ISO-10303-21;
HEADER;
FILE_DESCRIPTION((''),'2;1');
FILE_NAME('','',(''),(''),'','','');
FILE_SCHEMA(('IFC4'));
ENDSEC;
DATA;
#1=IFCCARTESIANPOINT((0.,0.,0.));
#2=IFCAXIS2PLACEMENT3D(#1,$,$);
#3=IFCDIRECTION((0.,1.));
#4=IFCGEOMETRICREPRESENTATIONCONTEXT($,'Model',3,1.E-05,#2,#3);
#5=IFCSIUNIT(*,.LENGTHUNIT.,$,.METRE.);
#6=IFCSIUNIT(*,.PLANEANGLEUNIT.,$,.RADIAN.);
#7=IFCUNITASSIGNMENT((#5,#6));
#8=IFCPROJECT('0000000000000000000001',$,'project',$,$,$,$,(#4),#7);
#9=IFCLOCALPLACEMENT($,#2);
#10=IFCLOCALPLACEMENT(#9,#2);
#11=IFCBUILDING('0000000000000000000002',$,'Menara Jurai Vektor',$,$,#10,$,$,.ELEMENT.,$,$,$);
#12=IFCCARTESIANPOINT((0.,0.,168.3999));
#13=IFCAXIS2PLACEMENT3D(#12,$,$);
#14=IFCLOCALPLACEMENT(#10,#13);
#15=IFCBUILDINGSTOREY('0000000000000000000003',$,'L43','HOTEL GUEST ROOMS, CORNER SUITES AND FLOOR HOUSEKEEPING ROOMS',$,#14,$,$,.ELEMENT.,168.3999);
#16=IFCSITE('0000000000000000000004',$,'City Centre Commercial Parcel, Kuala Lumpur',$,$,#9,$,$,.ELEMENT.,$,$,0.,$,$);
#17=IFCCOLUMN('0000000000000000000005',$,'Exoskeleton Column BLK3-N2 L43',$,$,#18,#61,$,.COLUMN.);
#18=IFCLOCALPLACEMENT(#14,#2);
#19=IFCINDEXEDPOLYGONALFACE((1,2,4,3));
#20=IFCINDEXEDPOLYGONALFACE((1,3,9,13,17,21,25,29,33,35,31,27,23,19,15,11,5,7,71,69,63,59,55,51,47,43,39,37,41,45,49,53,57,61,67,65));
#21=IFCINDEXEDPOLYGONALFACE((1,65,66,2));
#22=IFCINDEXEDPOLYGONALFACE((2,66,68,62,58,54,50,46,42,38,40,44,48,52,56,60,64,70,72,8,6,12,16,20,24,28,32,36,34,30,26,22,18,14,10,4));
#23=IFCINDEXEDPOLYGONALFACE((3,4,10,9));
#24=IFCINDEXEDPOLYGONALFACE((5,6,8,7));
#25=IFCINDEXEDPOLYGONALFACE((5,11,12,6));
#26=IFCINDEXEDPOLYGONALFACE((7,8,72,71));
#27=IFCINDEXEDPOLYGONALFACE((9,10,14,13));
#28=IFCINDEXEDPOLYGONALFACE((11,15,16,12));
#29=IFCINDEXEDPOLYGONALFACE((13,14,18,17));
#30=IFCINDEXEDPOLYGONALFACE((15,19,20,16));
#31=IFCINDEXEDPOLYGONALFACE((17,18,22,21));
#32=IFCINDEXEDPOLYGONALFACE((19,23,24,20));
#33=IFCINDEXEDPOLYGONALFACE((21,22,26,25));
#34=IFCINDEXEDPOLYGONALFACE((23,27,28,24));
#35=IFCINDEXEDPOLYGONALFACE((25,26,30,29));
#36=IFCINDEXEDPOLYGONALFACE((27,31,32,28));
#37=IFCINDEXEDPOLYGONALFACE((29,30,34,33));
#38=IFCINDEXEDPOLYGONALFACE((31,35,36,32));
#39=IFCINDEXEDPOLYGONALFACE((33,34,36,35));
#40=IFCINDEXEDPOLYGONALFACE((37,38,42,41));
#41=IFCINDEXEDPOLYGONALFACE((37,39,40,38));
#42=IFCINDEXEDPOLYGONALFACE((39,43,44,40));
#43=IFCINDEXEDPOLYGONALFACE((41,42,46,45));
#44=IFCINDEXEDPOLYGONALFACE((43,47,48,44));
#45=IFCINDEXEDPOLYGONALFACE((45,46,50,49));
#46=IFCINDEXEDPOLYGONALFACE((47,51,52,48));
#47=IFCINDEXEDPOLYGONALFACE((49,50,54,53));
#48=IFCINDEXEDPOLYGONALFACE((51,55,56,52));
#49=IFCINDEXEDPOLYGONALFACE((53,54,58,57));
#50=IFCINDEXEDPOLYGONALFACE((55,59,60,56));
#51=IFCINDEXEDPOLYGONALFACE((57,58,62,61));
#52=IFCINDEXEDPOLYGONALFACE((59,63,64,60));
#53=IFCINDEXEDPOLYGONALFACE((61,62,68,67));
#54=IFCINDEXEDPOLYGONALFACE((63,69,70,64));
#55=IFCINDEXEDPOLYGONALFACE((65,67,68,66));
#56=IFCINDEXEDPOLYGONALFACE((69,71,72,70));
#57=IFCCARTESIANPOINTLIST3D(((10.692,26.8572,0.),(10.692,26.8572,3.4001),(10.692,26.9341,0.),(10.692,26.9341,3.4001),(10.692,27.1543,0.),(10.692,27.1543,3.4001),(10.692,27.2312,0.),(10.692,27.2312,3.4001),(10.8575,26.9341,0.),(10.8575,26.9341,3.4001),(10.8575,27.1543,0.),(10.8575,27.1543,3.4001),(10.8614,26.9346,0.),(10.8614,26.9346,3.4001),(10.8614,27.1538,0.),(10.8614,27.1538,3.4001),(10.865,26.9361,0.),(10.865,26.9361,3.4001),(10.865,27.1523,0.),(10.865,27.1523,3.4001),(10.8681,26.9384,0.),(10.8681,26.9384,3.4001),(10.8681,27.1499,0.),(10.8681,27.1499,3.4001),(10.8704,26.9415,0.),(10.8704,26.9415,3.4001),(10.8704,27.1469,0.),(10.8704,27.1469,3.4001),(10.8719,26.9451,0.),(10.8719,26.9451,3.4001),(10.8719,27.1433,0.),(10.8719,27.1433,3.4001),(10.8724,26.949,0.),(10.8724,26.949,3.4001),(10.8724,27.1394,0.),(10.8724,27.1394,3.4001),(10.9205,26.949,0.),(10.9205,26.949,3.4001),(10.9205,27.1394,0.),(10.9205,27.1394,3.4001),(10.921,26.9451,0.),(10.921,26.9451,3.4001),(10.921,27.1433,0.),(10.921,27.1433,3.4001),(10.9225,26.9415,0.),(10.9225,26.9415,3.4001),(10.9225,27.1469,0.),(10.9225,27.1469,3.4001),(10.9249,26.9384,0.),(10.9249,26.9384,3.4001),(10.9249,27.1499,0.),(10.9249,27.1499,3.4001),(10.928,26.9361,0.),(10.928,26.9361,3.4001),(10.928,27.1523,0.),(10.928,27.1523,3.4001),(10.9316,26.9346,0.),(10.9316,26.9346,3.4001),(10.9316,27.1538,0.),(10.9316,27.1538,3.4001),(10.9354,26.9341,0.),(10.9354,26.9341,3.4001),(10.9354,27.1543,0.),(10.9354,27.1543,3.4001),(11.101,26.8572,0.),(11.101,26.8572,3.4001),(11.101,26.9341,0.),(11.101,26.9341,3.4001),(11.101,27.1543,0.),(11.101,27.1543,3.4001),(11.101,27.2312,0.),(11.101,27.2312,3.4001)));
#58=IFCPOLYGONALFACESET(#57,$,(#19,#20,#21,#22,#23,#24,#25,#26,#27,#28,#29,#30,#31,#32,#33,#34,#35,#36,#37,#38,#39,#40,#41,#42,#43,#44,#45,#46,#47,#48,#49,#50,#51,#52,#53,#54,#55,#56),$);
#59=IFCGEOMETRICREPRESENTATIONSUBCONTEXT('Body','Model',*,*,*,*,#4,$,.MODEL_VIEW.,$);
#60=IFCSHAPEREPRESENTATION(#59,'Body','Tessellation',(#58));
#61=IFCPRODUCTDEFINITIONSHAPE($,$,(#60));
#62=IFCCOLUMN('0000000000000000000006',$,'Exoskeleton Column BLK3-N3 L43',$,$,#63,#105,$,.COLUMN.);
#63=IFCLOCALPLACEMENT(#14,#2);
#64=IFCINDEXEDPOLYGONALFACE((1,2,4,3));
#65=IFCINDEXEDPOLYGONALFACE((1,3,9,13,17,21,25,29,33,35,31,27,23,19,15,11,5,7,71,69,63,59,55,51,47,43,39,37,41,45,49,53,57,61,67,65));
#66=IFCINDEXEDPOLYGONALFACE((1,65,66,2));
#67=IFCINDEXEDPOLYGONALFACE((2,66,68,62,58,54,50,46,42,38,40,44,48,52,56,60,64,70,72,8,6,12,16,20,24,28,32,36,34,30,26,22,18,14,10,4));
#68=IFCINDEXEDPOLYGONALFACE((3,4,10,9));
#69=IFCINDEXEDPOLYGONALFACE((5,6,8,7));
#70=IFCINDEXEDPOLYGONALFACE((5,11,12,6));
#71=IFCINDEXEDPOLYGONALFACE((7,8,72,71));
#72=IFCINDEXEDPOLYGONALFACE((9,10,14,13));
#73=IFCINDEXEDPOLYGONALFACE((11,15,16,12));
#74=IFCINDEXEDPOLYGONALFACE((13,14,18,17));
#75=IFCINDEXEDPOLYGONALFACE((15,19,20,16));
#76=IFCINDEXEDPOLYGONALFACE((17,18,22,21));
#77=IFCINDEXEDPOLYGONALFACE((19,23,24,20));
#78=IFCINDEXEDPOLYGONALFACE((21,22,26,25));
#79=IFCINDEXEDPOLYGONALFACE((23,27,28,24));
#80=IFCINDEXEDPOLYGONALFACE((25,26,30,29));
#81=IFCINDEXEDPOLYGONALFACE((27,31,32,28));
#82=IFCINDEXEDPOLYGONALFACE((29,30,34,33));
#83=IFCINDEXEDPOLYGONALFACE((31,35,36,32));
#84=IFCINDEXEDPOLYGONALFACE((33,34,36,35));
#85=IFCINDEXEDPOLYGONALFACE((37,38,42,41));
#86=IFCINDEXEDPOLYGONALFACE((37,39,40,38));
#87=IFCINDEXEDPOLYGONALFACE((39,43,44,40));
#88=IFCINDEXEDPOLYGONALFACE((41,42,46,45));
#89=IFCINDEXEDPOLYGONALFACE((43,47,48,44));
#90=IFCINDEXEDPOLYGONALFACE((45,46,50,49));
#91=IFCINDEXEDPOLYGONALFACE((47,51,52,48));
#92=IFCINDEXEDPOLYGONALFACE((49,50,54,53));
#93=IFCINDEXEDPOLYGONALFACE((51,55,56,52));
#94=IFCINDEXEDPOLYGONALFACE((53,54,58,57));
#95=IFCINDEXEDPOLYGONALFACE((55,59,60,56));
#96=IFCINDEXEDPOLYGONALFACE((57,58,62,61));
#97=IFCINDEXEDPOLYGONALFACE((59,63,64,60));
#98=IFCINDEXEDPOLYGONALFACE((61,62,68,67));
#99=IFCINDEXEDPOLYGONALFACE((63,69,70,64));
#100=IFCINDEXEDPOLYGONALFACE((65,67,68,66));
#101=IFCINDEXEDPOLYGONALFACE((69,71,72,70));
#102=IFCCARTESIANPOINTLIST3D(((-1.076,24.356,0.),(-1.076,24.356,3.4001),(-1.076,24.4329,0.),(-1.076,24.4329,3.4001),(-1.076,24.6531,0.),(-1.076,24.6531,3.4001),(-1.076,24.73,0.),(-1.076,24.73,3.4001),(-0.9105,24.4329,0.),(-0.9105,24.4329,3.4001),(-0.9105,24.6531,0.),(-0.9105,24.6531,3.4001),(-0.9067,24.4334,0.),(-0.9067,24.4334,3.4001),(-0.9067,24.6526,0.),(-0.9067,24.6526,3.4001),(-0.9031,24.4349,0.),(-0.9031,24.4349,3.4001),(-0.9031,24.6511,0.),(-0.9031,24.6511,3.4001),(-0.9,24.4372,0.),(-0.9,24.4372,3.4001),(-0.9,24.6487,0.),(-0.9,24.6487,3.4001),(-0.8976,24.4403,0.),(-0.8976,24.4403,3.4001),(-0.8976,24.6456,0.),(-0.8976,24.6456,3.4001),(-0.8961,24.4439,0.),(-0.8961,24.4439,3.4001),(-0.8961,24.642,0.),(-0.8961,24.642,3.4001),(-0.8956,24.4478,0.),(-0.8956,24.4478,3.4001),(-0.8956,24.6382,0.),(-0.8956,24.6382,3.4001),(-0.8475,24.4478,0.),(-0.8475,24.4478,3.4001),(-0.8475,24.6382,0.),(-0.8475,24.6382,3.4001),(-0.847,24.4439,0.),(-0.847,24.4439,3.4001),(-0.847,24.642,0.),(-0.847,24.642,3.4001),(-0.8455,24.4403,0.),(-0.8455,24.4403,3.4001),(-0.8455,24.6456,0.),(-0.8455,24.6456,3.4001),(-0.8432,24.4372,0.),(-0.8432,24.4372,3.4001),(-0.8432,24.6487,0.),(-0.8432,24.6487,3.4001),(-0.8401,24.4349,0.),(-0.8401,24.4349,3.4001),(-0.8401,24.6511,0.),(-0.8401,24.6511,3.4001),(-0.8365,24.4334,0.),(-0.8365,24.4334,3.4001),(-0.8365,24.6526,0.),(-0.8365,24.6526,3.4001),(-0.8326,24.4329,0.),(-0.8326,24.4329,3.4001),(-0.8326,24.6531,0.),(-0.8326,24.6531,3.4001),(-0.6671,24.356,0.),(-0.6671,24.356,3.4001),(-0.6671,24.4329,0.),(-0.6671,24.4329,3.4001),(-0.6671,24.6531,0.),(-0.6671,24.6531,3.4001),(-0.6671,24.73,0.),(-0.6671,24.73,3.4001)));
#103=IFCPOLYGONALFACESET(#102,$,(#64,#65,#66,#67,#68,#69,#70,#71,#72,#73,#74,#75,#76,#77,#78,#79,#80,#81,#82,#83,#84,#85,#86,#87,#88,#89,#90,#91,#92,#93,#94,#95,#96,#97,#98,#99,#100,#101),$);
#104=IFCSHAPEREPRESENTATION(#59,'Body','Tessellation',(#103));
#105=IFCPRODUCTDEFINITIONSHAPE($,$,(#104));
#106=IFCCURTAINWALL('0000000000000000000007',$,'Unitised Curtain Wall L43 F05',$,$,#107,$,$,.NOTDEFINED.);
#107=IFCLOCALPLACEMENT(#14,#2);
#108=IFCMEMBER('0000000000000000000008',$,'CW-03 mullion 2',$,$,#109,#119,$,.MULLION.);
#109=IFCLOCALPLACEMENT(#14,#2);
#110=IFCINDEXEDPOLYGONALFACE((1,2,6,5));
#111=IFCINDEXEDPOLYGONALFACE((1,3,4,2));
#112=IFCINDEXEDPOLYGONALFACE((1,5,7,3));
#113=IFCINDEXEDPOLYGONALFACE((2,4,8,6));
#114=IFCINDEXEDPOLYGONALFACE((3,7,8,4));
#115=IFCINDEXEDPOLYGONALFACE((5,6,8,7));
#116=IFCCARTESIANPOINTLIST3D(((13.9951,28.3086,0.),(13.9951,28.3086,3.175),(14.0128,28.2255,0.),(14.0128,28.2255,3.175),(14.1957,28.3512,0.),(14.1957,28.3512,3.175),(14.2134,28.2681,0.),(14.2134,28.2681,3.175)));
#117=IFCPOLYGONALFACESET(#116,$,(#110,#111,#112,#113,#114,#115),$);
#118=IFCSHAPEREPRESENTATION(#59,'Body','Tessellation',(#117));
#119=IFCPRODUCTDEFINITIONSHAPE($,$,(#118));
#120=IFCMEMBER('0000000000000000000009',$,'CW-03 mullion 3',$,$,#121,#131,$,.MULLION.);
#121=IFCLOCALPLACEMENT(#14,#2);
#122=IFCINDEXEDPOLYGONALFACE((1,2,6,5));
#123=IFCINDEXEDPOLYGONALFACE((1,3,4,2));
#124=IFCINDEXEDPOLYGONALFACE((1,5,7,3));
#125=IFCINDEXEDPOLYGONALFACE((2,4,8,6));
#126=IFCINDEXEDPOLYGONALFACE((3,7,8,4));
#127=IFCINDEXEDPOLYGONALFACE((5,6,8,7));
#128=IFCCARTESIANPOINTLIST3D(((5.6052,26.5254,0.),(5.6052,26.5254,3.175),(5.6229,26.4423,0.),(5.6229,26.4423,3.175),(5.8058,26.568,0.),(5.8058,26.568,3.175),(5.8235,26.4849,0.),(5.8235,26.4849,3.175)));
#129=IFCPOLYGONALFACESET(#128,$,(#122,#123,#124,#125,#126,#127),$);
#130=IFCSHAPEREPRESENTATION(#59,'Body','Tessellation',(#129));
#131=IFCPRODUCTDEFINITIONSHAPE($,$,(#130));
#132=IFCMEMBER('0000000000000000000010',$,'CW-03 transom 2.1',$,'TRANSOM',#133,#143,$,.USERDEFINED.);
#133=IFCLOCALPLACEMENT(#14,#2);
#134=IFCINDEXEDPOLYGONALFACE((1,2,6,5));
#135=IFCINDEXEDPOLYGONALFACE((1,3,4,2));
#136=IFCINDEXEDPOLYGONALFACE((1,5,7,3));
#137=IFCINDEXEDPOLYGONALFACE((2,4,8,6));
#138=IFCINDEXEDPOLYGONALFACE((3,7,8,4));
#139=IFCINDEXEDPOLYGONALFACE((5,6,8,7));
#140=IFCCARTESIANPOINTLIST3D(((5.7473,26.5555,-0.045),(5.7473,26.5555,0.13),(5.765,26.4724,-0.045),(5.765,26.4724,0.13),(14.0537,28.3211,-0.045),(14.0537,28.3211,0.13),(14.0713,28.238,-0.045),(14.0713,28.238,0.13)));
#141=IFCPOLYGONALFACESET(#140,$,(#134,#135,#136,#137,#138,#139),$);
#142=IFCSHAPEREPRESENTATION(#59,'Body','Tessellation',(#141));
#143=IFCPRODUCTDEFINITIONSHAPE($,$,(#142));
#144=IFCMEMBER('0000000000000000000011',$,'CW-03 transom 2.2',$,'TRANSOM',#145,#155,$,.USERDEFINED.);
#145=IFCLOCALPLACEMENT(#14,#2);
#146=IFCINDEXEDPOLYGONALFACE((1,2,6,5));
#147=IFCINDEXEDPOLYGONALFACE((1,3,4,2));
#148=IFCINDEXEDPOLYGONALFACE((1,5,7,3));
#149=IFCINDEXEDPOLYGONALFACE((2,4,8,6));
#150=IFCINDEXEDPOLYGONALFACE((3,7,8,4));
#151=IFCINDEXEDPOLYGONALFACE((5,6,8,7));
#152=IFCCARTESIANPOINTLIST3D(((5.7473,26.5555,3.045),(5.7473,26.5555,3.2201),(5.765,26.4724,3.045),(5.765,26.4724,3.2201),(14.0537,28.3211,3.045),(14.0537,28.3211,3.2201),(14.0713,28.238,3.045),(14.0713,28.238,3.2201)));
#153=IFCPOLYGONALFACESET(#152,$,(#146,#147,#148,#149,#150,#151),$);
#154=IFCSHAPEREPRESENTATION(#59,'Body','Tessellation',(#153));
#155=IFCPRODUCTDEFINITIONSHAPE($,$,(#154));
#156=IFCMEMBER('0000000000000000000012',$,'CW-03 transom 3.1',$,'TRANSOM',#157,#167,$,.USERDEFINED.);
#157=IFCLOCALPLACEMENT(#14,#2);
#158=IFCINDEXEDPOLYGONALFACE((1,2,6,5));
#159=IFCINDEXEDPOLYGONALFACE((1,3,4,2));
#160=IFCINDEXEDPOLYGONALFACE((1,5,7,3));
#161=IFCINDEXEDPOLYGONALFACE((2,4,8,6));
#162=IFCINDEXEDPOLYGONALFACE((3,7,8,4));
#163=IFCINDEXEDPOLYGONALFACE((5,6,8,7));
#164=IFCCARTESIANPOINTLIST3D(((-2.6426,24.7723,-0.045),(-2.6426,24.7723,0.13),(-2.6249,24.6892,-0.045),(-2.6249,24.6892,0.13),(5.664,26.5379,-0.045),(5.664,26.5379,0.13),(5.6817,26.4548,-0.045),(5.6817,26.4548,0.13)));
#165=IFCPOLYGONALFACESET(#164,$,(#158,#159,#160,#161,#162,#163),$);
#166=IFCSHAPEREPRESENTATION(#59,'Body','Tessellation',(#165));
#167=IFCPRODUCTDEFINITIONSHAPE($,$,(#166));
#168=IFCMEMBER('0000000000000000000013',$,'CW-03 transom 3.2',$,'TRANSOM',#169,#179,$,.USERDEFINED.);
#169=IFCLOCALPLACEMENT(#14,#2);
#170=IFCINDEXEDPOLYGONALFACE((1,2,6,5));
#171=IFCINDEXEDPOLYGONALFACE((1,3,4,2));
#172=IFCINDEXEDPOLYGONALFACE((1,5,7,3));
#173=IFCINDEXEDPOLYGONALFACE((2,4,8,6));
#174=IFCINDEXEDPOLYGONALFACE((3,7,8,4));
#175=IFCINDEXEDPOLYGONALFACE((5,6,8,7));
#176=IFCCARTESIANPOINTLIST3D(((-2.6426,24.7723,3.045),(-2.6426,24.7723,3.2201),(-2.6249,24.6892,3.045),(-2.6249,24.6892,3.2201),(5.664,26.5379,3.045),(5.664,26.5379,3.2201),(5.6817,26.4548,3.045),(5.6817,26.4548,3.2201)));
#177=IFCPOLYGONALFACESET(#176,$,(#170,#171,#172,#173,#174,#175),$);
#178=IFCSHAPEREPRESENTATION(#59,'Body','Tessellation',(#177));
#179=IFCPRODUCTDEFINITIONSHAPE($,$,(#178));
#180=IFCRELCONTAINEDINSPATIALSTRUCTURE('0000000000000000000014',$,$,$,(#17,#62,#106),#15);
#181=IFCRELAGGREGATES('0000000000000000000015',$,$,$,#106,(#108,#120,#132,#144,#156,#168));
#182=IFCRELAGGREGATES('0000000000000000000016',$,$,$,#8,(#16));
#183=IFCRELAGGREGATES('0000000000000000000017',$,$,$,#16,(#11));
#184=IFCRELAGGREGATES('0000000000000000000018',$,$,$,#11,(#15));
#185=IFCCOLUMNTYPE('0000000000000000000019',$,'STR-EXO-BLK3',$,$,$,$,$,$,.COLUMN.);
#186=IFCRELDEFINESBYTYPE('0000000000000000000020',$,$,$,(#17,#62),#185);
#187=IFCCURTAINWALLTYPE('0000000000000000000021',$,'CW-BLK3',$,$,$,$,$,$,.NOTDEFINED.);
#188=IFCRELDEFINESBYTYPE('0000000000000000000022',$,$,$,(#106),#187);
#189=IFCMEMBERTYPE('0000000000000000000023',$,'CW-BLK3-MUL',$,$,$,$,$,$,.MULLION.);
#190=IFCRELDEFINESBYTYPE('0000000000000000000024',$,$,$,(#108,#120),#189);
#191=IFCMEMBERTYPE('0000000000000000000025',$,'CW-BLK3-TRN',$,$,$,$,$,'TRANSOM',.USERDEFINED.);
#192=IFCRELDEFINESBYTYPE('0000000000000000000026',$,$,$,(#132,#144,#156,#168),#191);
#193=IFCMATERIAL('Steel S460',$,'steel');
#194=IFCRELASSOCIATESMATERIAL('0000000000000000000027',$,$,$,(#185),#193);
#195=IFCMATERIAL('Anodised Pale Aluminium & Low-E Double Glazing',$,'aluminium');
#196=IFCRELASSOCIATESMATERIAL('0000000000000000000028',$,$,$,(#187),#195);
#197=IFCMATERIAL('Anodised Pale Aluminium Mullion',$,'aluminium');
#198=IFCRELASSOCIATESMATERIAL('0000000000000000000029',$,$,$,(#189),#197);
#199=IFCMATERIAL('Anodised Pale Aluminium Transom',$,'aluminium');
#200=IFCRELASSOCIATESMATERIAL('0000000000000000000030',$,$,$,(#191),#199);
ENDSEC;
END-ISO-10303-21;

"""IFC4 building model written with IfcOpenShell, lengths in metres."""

from ifc_helpers import new_model, si_unit, direction, frame, origin, origin_2d, place, context, subcontext, project, spatial, rectangle, i_section, extrude, material, material_profile, profile_set, type_object, element, aggregate, save


model = new_model("IFC4")

# Units and contexts
model_context = context("Model", 3, precision=1e-05, world=origin(), true_north=direction((0.0, 1.0)))
body_context = subcontext(model_context, "Body", "Model", "MODEL_VIEW")
ifc_project = project(units=[si_unit("LENGTHUNIT", "METRE"), si_unit("PLANEANGLEUNIT", "RADIAN")], contexts=[model_context])

# Site, building, storey
site_placement = place(None, origin())
site = spatial("IfcSite", under=ifc_project, at=site_placement, Name="City Centre Commercial Parcel, Kuala Lumpur", CompositionType="ELEMENT", RefElevation=0.0)
building_placement = place(site_placement, origin())
building = spatial("IfcBuilding", under=site, at=building_placement, Name="Menara Jurai Vektor", CompositionType="ELEMENT")
storey_placement = place(building_placement, frame((0.0, 0.0, 168.3999)))
storey = spatial("IfcBuildingStorey", under=building, at=storey_placement, Name="L43", Description="HOTEL GUEST ROOMS, CORNER SUITES AND FLOOR HOUSEKEEPING ROOMS", CompositionType="ELEMENT", Elevation=168.3999)

# Columns
ifc_material_1 = material(Name="Steel S460", Category="steel")
ifc_material_profile_1 = material_profile(ifc_material_1, i_section(OverallWidth=0.4089, OverallDepth=0.374, WebThickness=0.0481, FlangeThickness=0.0769, FilletRadius=0.0149, at=origin_2d()), Name="HD 400x634")
ifc_profile_set_1 = profile_set([ifc_material_profile_1], Name="Steel S460")
column_type = type_object("IfcColumnType", Name="STR-EXO-BLK3", PredefinedType="COLUMN", material=ifc_profile_set_1)
for number, where, z_axis, x_axis, name in (
    (1, (10.8965, 27.0442, 0.0), (0.0, 0.0, 1.0), (1.0, 0.0, 0.0), "Exoskeleton Column BLK3-N2 L43"),
    (2, (-0.8716, 24.543, 0.0), (0.0, 0.0, 1.0), (1.0, 0.0, 0.0), "Exoskeleton Column BLK3-N3 L43"),
):
    element("IfcColumn", number, at=place(storey_placement, frame(where, z_axis=z_axis, x_axis=x_axis)), inside=storey, type_object=column_type, Name=name, PredefinedType="COLUMN", context=body_context, shape_type="SweptSolid", body=[
        extrude(i_section(OverallWidth=0.4089, OverallDepth=0.374, WebThickness=0.0481, FlangeThickness=0.0769, FilletRadius=0.0149, at=origin_2d()), origin(), (0.0, 0.0, 1.0), 3.4001),
    ])

# Curtain wall, members
ifc_material_2 = material(Name="Anodised Pale Aluminium & Low-E Double Glazing", Category="aluminium")
curtain_wall_type = type_object("IfcCurtainWallType", Name="CW-BLK3", PredefinedType="NOTDEFINED", material=ifc_material_2)
curtain_wall_placement = place(storey_placement, origin())
curtain_wall = element("IfcCurtainWall", 3, at=curtain_wall_placement, inside=storey, type_object=curtain_wall_type, Name="Unitised Curtain Wall L43 F05", PredefinedType="NOTDEFINED")
ifc_material_3 = material(Name="Anodised Pale Aluminium Mullion", Category="aluminium")
ifc_material_profile_2 = material_profile(ifc_material_3, rectangle(XDim=0.085, YDim=0.2051, at=origin_2d()), Name="ALU MUL 85x205")
ifc_profile_set_2 = profile_set([ifc_material_profile_2], Name="Anodised Pale Aluminium Mullion")
member_type_1 = type_object("IfcMemberType", Name="CW-BLK3-MUL", PredefinedType="MULLION", material=ifc_profile_set_2)
member_1_placement = place(storey_placement, frame((14.1042, 28.2883, 0.0), z_axis=(0.0, 0.0, 1.0), x_axis=(0.207911, -0.978148, 0.0)))
member_1 = element("IfcMember", 4, at=member_1_placement, type_object=member_type_1, Name="CW-03 mullion 2", PredefinedType="MULLION", context=body_context, shape_type="SweptSolid", body=[
    extrude(rectangle(XDim=0.085, YDim=0.2051, at=origin_2d()), origin(), (0.0, 0.0, 1.0), 3.175),
])
member_2_placement = place(storey_placement, frame((5.7144, 26.5051, 0.0), z_axis=(0.0, 0.0, 1.0), x_axis=(0.207911, -0.978148, 0.0)))
member_2 = element("IfcMember", 5, at=member_2_placement, type_object=member_type_1, Name="CW-03 mullion 3", PredefinedType="MULLION", context=body_context, shape_type="SweptSolid", body=[
    extrude(rectangle(XDim=0.085, YDim=0.2051, at=origin_2d()), origin(), (0.0, 0.0, 1.0), 3.175),
])
ifc_material_4 = material(Name="Anodised Pale Aluminium Transom", Category="aluminium")
ifc_material_profile_3 = material_profile(ifc_material_4, rectangle(XDim=0.085, YDim=0.175, at=origin_2d()), Name="ALU TRN 85x175")
ifc_profile_set_3 = profile_set([ifc_material_profile_3], Name="Anodised Pale Aluminium Transom")
member_type_2 = type_object("IfcMemberType", Name="CW-BLK3-TRN", ElementType="TRANSOM", PredefinedType="USERDEFINED", material=ifc_profile_set_3)
member_3_placement = place(storey_placement, frame((14.0625, 28.2795, 0.0425), z_axis=(-0.978147, -0.207917, 0.0), x_axis=(0.207917, -0.978147, 0.0)))
member_3 = element("IfcMember", 6, at=member_3_placement, type_object=member_type_2, Name="CW-03 transom 2.1", ObjectType="TRANSOM", PredefinedType="USERDEFINED", context=body_context, shape_type="SweptSolid", body=[
    extrude(rectangle(XDim=0.085, YDim=0.175, at=origin_2d()), origin(), (0.0, 0.0, 1.0), 8.4919),
])
member_4_placement = place(storey_placement, frame((14.0625, 28.2795, 3.1326), z_axis=(-0.978147, -0.207917, 0.0), x_axis=(0.207917, -0.978147, 0.0)))
member_4 = element("IfcMember", 7, at=member_4_placement, type_object=member_type_2, Name="CW-03 transom 2.2", ObjectType="TRANSOM", PredefinedType="USERDEFINED", context=body_context, shape_type="SweptSolid", body=[
    extrude(rectangle(XDim=0.085, YDim=0.175, at=origin_2d()), origin(), (0.0, 0.0, 1.0), 8.4919),
])
member_5_placement = place(storey_placement, frame((5.6729, 26.4963, 0.0425), z_axis=(-0.978148, -0.207911, 0.0), x_axis=(0.207911, -0.978148, 0.0)))
member_5 = element("IfcMember", 8, at=member_5_placement, type_object=member_type_2, Name="CW-03 transom 3.1", ObjectType="TRANSOM", PredefinedType="USERDEFINED", context=body_context, shape_type="SweptSolid", body=[
    extrude(rectangle(XDim=0.085, YDim=0.175, at=origin_2d()), origin(), (0.0, 0.0, 1.0), 8.4922),
])
member_6_placement = place(storey_placement, frame((5.6729, 26.4963, 3.1326), z_axis=(-0.978148, -0.207911, 0.0), x_axis=(0.207911, -0.978148, 0.0)))
member_6 = element("IfcMember", 9, at=member_6_placement, type_object=member_type_2, Name="CW-03 transom 3.2", ObjectType="TRANSOM", PredefinedType="USERDEFINED", context=body_context, shape_type="SweptSolid", body=[
    extrude(rectangle(XDim=0.085, YDim=0.175, at=origin_2d()), origin(), (0.0, 0.0, 1.0), 8.4922),
])

aggregate(curtain_wall, [member_1, member_2, member_3, member_4, member_5, member_6])

save(model, "model.ifc")
